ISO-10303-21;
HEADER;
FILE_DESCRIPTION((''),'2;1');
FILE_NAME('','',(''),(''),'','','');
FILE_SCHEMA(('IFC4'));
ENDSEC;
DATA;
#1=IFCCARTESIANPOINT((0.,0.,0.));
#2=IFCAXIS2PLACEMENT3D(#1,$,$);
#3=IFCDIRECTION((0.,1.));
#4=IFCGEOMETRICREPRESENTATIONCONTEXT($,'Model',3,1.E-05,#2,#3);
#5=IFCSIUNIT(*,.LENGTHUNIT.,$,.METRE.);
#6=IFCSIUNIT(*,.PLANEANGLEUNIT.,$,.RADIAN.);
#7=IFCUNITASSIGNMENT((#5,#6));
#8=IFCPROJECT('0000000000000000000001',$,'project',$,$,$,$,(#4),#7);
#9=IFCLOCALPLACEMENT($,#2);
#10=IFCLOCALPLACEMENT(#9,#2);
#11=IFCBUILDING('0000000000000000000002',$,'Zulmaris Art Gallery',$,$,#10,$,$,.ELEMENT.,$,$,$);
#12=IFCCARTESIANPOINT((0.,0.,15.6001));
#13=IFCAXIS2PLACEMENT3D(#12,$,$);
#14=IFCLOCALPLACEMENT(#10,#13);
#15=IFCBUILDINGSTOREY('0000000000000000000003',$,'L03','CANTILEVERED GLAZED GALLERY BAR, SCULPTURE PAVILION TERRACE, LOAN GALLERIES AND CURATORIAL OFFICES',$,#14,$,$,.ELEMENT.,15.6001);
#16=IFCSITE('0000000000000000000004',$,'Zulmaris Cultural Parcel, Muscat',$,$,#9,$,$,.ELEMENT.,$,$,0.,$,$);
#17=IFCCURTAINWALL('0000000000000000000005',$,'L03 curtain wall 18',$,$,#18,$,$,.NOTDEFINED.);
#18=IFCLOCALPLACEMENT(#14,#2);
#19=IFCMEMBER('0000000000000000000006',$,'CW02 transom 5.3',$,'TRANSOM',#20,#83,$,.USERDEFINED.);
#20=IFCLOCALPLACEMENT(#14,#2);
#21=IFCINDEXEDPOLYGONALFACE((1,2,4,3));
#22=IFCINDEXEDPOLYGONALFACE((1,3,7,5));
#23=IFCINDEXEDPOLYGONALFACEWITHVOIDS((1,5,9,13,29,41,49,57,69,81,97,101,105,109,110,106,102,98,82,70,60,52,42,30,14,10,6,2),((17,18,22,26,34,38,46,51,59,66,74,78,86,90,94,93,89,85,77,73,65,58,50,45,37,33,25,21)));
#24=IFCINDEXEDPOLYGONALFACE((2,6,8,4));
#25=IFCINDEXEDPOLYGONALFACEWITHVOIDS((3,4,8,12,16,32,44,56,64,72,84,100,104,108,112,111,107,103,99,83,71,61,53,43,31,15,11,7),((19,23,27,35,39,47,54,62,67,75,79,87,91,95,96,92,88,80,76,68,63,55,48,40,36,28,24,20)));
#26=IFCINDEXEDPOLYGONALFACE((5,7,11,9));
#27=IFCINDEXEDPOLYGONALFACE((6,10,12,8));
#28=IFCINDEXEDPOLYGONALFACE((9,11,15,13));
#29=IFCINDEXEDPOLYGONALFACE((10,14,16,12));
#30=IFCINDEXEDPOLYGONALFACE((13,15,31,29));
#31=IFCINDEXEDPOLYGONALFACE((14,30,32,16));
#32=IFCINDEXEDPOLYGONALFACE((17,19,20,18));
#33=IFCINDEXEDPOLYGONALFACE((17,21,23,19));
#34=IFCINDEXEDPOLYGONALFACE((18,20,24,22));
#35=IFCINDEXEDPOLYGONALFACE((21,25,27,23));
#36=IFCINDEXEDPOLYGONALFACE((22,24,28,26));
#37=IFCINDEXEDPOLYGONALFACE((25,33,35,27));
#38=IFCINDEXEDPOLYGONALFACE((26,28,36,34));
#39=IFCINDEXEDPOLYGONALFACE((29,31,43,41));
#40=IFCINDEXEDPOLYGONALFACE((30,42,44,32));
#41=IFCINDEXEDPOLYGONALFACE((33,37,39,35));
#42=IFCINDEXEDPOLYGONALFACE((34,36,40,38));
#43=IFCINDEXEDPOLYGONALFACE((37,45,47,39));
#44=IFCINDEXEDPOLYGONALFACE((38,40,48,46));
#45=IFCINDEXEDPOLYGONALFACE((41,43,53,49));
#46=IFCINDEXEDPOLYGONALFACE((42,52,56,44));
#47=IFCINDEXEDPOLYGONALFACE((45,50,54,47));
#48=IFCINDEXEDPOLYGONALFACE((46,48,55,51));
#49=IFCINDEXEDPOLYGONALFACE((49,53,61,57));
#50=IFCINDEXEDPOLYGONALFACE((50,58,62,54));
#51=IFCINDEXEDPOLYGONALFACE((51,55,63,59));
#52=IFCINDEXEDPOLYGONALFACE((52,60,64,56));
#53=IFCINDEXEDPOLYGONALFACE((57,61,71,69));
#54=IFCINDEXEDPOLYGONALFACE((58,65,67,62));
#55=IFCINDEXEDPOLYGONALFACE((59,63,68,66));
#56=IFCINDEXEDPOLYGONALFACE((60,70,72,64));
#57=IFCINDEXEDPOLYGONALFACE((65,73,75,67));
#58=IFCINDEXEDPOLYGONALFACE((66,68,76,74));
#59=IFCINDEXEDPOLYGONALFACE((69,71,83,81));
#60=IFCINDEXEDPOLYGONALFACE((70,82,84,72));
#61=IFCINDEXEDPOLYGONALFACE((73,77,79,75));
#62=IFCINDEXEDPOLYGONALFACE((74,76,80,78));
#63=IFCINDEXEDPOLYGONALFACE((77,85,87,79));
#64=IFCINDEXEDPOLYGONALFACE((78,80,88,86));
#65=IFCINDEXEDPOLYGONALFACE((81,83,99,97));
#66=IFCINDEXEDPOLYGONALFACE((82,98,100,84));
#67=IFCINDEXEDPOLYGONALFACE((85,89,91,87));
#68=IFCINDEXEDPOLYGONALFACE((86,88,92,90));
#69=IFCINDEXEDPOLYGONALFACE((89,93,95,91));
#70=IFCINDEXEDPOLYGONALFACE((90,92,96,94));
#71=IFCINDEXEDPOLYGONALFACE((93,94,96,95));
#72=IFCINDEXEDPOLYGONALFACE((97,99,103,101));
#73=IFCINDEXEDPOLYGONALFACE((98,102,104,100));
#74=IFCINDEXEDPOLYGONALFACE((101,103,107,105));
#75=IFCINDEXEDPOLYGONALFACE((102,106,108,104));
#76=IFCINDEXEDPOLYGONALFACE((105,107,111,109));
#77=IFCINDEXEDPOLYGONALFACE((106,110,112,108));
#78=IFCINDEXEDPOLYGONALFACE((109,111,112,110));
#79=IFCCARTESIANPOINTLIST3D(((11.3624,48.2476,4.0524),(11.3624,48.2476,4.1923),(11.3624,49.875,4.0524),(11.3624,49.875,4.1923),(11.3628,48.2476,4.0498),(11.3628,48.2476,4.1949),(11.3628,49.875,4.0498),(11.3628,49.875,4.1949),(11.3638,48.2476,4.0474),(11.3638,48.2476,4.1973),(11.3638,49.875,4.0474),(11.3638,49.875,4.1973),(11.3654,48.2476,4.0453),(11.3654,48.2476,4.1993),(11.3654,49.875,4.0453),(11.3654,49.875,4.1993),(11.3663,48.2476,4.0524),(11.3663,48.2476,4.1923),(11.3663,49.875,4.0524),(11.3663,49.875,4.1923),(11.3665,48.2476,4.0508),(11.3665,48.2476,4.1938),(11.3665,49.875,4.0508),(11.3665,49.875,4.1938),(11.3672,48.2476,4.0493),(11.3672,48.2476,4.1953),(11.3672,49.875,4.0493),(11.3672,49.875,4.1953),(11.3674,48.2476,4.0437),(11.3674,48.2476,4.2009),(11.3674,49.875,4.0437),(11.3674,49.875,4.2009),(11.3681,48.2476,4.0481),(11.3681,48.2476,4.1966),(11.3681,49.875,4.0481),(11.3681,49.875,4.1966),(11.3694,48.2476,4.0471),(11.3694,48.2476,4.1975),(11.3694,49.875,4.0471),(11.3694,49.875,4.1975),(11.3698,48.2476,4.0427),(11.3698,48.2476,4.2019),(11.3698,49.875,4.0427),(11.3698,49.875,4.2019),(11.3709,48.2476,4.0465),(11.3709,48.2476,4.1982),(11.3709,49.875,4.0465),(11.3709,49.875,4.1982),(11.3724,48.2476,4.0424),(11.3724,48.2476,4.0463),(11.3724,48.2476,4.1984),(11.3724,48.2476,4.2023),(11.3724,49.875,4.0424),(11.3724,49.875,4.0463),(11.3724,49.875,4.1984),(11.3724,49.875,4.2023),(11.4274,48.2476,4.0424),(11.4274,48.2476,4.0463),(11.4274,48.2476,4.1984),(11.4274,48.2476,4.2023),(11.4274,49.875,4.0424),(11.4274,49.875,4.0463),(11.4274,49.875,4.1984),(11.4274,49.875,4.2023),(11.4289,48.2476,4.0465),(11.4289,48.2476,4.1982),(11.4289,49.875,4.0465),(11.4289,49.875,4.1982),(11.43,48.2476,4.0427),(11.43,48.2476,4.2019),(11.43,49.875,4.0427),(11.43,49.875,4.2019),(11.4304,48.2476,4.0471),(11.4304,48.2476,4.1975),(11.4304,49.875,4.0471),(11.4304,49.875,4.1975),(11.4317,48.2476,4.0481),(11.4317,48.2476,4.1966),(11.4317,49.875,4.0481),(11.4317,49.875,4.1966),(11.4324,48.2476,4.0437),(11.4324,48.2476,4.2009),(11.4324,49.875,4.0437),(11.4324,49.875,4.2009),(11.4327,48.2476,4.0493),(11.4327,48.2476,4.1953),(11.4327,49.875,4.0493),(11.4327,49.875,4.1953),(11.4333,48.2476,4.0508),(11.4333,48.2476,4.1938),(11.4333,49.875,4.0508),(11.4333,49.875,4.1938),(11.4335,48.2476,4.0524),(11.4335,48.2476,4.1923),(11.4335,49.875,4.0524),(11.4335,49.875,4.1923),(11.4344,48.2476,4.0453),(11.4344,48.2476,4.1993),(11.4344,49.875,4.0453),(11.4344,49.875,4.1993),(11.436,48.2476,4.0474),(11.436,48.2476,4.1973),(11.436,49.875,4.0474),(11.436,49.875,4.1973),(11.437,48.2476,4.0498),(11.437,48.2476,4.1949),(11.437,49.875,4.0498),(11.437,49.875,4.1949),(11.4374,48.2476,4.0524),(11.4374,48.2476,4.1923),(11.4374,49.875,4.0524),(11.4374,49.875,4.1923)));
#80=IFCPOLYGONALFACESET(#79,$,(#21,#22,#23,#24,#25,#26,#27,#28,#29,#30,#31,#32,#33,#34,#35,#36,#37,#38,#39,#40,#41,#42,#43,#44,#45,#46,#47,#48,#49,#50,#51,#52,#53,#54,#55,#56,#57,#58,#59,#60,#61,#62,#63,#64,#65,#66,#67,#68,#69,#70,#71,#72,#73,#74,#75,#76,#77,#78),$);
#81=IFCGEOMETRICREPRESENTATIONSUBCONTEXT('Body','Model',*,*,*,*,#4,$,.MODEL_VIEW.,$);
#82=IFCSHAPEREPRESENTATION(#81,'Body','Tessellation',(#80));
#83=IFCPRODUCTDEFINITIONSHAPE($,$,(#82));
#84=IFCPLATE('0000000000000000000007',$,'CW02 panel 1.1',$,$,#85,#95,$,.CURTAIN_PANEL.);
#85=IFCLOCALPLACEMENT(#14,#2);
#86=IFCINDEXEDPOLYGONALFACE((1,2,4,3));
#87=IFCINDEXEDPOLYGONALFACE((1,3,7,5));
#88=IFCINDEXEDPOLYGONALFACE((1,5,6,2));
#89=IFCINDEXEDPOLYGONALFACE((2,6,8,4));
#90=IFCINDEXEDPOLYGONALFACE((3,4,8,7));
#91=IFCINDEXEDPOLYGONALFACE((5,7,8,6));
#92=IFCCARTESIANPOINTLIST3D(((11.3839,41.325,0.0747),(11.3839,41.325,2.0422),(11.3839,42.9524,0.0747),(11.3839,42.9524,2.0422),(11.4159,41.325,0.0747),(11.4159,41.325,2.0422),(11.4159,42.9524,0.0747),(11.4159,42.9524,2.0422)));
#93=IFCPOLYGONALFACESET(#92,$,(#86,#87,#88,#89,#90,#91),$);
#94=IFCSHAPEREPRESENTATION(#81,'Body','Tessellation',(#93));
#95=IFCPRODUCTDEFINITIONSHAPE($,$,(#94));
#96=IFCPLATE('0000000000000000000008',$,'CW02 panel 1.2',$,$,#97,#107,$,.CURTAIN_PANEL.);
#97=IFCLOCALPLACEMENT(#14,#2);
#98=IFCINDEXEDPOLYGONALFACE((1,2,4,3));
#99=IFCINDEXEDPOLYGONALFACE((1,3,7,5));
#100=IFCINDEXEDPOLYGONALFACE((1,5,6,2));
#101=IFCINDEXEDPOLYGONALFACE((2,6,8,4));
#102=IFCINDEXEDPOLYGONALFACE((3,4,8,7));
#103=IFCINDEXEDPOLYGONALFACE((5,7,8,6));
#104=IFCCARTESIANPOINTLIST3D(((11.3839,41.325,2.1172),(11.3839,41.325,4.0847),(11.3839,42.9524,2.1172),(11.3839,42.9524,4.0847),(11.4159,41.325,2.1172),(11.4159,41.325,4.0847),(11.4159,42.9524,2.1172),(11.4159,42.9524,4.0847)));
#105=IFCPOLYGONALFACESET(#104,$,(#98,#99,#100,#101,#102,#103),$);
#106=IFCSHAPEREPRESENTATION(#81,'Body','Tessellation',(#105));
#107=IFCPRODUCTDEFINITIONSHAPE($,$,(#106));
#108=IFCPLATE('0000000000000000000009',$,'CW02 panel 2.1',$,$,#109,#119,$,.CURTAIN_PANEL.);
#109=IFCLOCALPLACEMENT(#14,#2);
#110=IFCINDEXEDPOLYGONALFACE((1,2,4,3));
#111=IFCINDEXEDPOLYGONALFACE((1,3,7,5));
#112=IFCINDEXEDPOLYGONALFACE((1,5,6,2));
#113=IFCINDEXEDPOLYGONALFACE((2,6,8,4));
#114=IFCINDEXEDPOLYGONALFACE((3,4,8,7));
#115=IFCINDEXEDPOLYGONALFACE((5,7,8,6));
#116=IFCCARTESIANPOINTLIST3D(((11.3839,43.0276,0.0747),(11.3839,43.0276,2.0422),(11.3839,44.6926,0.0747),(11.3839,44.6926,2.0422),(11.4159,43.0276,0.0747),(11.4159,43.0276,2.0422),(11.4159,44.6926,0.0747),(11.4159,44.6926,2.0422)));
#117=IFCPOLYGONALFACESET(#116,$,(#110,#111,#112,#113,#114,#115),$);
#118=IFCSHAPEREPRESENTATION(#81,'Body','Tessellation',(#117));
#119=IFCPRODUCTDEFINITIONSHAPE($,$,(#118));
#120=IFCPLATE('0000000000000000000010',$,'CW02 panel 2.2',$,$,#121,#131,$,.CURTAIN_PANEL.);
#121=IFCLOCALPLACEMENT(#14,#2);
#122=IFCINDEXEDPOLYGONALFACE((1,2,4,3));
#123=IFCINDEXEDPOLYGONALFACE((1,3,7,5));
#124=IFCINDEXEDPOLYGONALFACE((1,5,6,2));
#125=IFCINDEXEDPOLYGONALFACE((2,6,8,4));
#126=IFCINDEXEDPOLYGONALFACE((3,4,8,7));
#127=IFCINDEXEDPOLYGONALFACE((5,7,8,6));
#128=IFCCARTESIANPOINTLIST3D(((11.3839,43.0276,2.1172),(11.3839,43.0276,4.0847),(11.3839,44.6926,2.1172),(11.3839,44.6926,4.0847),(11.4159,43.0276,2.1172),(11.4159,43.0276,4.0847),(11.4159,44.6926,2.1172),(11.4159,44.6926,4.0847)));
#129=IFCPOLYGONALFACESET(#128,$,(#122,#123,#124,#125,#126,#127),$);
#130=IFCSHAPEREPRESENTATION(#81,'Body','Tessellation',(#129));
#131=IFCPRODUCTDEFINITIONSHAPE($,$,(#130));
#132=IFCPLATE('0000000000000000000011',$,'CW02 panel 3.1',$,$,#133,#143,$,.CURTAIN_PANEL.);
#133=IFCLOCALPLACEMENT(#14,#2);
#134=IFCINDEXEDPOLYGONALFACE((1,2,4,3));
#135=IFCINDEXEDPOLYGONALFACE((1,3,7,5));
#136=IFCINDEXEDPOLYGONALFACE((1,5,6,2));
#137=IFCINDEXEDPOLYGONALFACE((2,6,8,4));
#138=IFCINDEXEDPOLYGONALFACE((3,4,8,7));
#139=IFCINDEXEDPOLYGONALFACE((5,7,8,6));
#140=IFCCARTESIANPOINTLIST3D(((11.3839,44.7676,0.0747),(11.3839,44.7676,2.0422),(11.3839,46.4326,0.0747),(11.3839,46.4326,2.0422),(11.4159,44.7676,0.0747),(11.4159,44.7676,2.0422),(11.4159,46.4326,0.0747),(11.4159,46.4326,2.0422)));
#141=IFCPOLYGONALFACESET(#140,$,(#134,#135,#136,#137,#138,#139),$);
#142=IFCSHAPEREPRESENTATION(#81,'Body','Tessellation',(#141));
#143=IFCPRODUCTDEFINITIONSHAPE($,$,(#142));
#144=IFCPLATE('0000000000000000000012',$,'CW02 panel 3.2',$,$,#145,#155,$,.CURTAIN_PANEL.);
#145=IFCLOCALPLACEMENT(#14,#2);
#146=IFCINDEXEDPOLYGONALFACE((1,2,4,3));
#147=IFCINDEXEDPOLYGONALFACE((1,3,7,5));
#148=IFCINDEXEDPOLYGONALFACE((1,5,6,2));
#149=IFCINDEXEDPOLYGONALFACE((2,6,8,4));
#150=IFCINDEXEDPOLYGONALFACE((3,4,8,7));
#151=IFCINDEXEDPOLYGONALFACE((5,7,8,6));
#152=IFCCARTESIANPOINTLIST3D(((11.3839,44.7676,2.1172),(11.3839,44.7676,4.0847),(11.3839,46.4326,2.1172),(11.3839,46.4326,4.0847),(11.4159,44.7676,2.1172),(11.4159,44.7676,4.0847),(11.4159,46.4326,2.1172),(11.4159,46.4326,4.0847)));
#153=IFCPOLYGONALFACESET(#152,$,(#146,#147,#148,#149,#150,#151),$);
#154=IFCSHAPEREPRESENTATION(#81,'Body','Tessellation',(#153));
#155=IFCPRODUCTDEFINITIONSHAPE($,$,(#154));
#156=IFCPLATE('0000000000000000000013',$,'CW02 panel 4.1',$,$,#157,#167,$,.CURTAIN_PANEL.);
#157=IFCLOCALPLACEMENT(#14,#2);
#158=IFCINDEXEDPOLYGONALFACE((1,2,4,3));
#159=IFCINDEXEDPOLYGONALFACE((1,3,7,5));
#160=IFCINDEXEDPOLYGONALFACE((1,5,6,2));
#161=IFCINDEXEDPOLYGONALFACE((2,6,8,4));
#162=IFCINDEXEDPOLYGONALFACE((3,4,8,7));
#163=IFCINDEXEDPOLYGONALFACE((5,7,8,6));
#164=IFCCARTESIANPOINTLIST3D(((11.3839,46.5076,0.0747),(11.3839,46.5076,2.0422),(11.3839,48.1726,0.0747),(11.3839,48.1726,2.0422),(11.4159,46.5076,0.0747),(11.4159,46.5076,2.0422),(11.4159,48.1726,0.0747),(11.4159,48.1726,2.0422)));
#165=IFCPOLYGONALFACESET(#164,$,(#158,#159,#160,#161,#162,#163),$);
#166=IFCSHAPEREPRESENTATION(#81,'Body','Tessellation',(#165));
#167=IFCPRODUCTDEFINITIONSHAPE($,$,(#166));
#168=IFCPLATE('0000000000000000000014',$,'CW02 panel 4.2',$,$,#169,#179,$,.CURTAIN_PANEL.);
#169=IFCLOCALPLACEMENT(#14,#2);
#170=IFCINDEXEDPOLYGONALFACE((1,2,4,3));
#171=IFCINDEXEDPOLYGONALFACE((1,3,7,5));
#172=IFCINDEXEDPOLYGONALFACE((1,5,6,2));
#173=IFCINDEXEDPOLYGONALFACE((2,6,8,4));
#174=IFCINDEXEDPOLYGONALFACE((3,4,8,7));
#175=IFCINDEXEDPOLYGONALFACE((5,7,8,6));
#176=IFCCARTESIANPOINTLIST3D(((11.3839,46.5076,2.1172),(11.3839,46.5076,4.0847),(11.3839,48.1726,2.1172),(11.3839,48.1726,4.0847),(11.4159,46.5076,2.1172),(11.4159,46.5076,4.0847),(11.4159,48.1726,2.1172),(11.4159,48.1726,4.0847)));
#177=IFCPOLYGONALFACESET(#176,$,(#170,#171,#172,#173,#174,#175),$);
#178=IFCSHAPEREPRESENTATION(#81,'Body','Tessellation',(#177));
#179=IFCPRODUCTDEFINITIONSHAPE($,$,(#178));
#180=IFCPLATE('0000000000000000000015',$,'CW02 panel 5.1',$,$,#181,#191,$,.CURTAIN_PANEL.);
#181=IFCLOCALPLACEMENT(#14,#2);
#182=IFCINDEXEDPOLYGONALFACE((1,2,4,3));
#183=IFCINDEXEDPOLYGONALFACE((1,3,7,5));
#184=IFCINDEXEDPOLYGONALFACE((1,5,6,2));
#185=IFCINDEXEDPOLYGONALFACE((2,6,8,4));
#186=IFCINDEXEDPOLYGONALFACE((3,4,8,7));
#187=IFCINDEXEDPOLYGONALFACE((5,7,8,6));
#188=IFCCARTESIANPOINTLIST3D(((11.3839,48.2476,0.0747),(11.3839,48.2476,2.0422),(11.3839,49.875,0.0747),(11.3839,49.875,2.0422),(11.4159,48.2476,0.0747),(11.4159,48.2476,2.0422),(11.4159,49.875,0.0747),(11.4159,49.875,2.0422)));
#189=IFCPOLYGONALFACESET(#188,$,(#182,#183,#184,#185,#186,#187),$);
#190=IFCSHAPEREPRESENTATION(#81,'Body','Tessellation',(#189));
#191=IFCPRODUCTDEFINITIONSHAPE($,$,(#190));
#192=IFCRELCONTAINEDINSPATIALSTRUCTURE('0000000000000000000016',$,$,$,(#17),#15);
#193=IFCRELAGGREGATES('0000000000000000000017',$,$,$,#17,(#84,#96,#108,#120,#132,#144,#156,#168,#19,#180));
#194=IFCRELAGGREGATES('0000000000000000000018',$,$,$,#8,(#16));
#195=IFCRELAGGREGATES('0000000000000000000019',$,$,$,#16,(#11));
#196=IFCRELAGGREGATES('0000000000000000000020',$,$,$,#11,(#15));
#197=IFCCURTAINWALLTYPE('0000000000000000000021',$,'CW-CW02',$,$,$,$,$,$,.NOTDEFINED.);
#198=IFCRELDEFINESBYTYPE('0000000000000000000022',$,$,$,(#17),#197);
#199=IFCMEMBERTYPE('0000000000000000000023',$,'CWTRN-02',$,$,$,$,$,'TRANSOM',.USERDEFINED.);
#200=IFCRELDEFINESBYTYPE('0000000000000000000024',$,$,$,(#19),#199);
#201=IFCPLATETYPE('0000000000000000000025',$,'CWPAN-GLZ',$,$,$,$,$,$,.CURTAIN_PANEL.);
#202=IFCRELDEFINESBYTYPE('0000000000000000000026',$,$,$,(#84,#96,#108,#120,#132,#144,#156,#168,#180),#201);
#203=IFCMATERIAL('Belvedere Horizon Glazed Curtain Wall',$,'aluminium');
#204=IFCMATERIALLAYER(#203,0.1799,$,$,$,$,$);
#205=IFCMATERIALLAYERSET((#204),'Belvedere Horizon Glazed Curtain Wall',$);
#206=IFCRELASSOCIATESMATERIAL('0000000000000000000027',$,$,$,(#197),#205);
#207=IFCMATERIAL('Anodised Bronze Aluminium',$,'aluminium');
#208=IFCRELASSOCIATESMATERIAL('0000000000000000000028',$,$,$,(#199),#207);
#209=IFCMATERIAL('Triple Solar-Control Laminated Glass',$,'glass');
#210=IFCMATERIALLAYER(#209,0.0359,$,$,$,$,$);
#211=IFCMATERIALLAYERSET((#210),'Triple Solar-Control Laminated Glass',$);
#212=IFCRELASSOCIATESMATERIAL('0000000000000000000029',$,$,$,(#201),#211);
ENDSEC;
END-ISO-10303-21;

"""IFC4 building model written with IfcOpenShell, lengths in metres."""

from ifc_helpers import new_model, si_unit, direction, frame, origin, origin_2d, place, context, subcontext, project, spatial, rectangle, hollow_rectangle, extrude, material, layer, layer_set, material_profile, profile_set, type_object, element, aggregate, save


model = new_model("IFC4")

# Units and contexts
model_context = context("Model", 3, precision=1e-05, world=origin(), true_north=direction((0.0, 1.0)))
body_context = subcontext(model_context, "Body", "Model", "MODEL_VIEW")
ifc_project = project(units=[si_unit("LENGTHUNIT", "METRE"), si_unit("PLANEANGLEUNIT", "RADIAN")], contexts=[model_context])

# Site, building, storey
site_placement = place(None, origin())
site = spatial("IfcSite", under=ifc_project, at=site_placement, Name="Zulmaris Cultural Parcel, Muscat", CompositionType="ELEMENT", RefElevation=0.0)
building_placement = place(site_placement, origin())
building = spatial("IfcBuilding", under=site, at=building_placement, Name="Zulmaris Art Gallery", CompositionType="ELEMENT")
storey_placement = place(building_placement, frame((0.0, 0.0, 15.6001)))
storey = spatial("IfcBuildingStorey", under=building, at=storey_placement, Name="L03", Description="CANTILEVERED GLAZED GALLERY BAR, SCULPTURE PAVILION TERRACE, LOAN GALLERIES AND CURATORIAL OFFICES", CompositionType="ELEMENT", Elevation=15.6001)

# Curtain wall, member, plates
ifc_material_1 = material(Name="Belvedere Horizon Glazed Curtain Wall", Category="aluminium")
ifc_layer_1 = layer(ifc_material_1, 0.1799)
ifc_layer_set_1 = layer_set([ifc_layer_1], Name="Belvedere Horizon Glazed Curtain Wall")
curtain_wall_type = type_object("IfcCurtainWallType", Name="CW-CW02", PredefinedType="NOTDEFINED", material=ifc_layer_set_1)
curtain_wall_placement = place(storey_placement, origin())
curtain_wall = element("IfcCurtainWall", 1, at=curtain_wall_placement, inside=storey, type_object=curtain_wall_type, Name="L03 curtain wall 18", PredefinedType="NOTDEFINED")
ifc_material_2 = material(Name="Anodised Bronze Aluminium", Category="aluminium")
ifc_material_profile_1 = material_profile(ifc_material_2, hollow_rectangle(XDim=0.075, YDim=0.1599, WallThickness=0.0039, InnerFilletRadius=0.0061, OuterFilletRadius=0.01, at=origin_2d()), Name="ALU 75x160x4")
ifc_profile_set_1 = profile_set([ifc_material_profile_1], Name="Anodised Bronze Aluminium")
member_type_1 = type_object("IfcMemberType", Name="CWTRN-02", ElementType="TRANSOM", PredefinedType="USERDEFINED", material=ifc_profile_set_1)
member_1_placement = place(storey_placement, frame((11.3999, 48.2476, 4.1223), z_axis=(0.0, 1.0, 0.0), x_axis=(-1.0, 0.0, 0.0)))
member_1 = element("IfcMember", 2, at=member_1_placement, type_object=member_type_1, Name="CW02 transom 5.3", ObjectType="TRANSOM", PredefinedType="USERDEFINED", context=body_context, shape_type="SweptSolid", body=[
    extrude(hollow_rectangle(XDim=0.075, YDim=0.1599, WallThickness=0.0039, InnerFilletRadius=0.0061, OuterFilletRadius=0.01, at=origin_2d()), origin(), (0.0, 0.0, 1.0), 1.6274),
])
ifc_material_3 = material(Name="Triple Solar-Control Laminated Glass", Category="glass")
ifc_layer_2 = layer(ifc_material_3, 0.0359)
ifc_layer_set_2 = layer_set([ifc_layer_2], Name="Triple Solar-Control Laminated Glass")
plate_type = type_object("IfcPlateType", Name="CWPAN-GLZ", PredefinedType="CURTAIN_PANEL", material=ifc_layer_set_2)
plate_1_placement = place(storey_placement, frame((11.3999, 42.1387, 0.0747), z_axis=(0.0, 0.0, 1.0), x_axis=(0.0, 1.0, 0.0)))
plate_1 = element("IfcPlate", 3, at=plate_1_placement, type_object=plate_type, Name="CW02 panel 1.1", PredefinedType="CURTAIN_PANEL", context=body_context, shape_type="SweptSolid", body=[
    extrude(rectangle(XDim=1.6274, YDim=0.032, at=origin_2d()), origin(), (0.0, 0.0, 1.0), 1.9675),
])
plate_2_placement = place(storey_placement, frame((11.3999, 42.1387, 2.1172), z_axis=(0.0, 0.0, 1.0), x_axis=(0.0, 1.0, 0.0)))
plate_2 = element("IfcPlate", 4, at=plate_2_placement, type_object=plate_type, Name="CW02 panel 1.2", PredefinedType="CURTAIN_PANEL", context=body_context, shape_type="SweptSolid", body=[
    extrude(rectangle(XDim=1.6274, YDim=0.032, at=origin_2d()), origin(), (0.0, 0.0, 1.0), 1.9675),
])
plate_3_placement = place(storey_placement, frame((11.3999, 43.8601, 0.0747), z_axis=(0.0, 0.0, 1.0), x_axis=(0.0, 1.0, 0.0)))
plate_3 = element("IfcPlate", 5, at=plate_3_placement, type_object=plate_type, Name="CW02 panel 2.1", PredefinedType="CURTAIN_PANEL", context=body_context, shape_type="SweptSolid", body=[
    extrude(rectangle(XDim=1.665, YDim=0.032, at=origin_2d()), origin(), (0.0, 0.0, 1.0), 1.9675),
])
plate_4_placement = place(storey_placement, frame((11.3999, 43.8601, 2.1172), z_axis=(0.0, 0.0, 1.0), x_axis=(0.0, 1.0, 0.0)))
plate_4 = element("IfcPlate", 6, at=plate_4_placement, type_object=plate_type, Name="CW02 panel 2.2", PredefinedType="CURTAIN_PANEL", context=body_context, shape_type="SweptSolid", body=[
    extrude(rectangle(XDim=1.665, YDim=0.032, at=origin_2d()), origin(), (0.0, 0.0, 1.0), 1.9675),
])
plate_5_placement = place(storey_placement, frame((11.3999, 45.6001, 0.0747), z_axis=(0.0, 0.0, 1.0), x_axis=(0.0, 1.0, 0.0)))
plate_5 = element("IfcPlate", 7, at=plate_5_placement, type_object=plate_type, Name="CW02 panel 3.1", PredefinedType="CURTAIN_PANEL", context=body_context, shape_type="SweptSolid", body=[
    extrude(rectangle(XDim=1.665, YDim=0.032, at=origin_2d()), origin(), (0.0, 0.0, 1.0), 1.9675),
])
plate_6_placement = place(storey_placement, frame((11.3999, 45.6001, 2.1172), z_axis=(0.0, 0.0, 1.0), x_axis=(0.0, 1.0, 0.0)))
plate_6 = element("IfcPlate", 8, at=plate_6_placement, type_object=plate_type, Name="CW02 panel 3.2", PredefinedType="CURTAIN_PANEL", context=body_context, shape_type="SweptSolid", body=[
    extrude(rectangle(XDim=1.665, YDim=0.032, at=origin_2d()), origin(), (0.0, 0.0, 1.0), 1.9675),
])
plate_7_placement = place(storey_placement, frame((11.3999, 47.3401, 0.0747), z_axis=(0.0, 0.0, 1.0), x_axis=(0.0, 1.0, 0.0)))
plate_7 = element("IfcPlate", 9, at=plate_7_placement, type_object=plate_type, Name="CW02 panel 4.1", PredefinedType="CURTAIN_PANEL", context=body_context, shape_type="SweptSolid", body=[
    extrude(rectangle(XDim=1.665, YDim=0.032, at=origin_2d()), origin(), (0.0, 0.0, 1.0), 1.9675),
])
plate_8_placement = place(storey_placement, frame((11.3999, 47.3401, 2.1172), z_axis=(0.0, 0.0, 1.0), x_axis=(0.0, 1.0, 0.0)))
plate_8 = element("IfcPlate", 10, at=plate_8_placement, type_object=plate_type, Name="CW02 panel 4.2", PredefinedType="CURTAIN_PANEL", context=body_context, shape_type="SweptSolid", body=[
    extrude(rectangle(XDim=1.665, YDim=0.032, at=origin_2d()), origin(), (0.0, 0.0, 1.0), 1.9675),
])
plate_9_placement = place(storey_placement, frame((11.3999, 49.0613, 0.0747), z_axis=(0.0, 0.0, 1.0), x_axis=(0.0, 1.0, 0.0)))
plate_9 = element("IfcPlate", 11, at=plate_9_placement, type_object=plate_type, Name="CW02 panel 5.1", PredefinedType="CURTAIN_PANEL", context=body_context, shape_type="SweptSolid", body=[
    extrude(rectangle(XDim=1.6274, YDim=0.032, at=origin_2d()), origin(), (0.0, 0.0, 1.0), 1.9675),
])
aggregate(curtain_wall, [plate_1, plate_2, plate_3, plate_4, plate_5, plate_6, plate_7, plate_8, member_1, plate_9])

save(model, "model.ifc")
